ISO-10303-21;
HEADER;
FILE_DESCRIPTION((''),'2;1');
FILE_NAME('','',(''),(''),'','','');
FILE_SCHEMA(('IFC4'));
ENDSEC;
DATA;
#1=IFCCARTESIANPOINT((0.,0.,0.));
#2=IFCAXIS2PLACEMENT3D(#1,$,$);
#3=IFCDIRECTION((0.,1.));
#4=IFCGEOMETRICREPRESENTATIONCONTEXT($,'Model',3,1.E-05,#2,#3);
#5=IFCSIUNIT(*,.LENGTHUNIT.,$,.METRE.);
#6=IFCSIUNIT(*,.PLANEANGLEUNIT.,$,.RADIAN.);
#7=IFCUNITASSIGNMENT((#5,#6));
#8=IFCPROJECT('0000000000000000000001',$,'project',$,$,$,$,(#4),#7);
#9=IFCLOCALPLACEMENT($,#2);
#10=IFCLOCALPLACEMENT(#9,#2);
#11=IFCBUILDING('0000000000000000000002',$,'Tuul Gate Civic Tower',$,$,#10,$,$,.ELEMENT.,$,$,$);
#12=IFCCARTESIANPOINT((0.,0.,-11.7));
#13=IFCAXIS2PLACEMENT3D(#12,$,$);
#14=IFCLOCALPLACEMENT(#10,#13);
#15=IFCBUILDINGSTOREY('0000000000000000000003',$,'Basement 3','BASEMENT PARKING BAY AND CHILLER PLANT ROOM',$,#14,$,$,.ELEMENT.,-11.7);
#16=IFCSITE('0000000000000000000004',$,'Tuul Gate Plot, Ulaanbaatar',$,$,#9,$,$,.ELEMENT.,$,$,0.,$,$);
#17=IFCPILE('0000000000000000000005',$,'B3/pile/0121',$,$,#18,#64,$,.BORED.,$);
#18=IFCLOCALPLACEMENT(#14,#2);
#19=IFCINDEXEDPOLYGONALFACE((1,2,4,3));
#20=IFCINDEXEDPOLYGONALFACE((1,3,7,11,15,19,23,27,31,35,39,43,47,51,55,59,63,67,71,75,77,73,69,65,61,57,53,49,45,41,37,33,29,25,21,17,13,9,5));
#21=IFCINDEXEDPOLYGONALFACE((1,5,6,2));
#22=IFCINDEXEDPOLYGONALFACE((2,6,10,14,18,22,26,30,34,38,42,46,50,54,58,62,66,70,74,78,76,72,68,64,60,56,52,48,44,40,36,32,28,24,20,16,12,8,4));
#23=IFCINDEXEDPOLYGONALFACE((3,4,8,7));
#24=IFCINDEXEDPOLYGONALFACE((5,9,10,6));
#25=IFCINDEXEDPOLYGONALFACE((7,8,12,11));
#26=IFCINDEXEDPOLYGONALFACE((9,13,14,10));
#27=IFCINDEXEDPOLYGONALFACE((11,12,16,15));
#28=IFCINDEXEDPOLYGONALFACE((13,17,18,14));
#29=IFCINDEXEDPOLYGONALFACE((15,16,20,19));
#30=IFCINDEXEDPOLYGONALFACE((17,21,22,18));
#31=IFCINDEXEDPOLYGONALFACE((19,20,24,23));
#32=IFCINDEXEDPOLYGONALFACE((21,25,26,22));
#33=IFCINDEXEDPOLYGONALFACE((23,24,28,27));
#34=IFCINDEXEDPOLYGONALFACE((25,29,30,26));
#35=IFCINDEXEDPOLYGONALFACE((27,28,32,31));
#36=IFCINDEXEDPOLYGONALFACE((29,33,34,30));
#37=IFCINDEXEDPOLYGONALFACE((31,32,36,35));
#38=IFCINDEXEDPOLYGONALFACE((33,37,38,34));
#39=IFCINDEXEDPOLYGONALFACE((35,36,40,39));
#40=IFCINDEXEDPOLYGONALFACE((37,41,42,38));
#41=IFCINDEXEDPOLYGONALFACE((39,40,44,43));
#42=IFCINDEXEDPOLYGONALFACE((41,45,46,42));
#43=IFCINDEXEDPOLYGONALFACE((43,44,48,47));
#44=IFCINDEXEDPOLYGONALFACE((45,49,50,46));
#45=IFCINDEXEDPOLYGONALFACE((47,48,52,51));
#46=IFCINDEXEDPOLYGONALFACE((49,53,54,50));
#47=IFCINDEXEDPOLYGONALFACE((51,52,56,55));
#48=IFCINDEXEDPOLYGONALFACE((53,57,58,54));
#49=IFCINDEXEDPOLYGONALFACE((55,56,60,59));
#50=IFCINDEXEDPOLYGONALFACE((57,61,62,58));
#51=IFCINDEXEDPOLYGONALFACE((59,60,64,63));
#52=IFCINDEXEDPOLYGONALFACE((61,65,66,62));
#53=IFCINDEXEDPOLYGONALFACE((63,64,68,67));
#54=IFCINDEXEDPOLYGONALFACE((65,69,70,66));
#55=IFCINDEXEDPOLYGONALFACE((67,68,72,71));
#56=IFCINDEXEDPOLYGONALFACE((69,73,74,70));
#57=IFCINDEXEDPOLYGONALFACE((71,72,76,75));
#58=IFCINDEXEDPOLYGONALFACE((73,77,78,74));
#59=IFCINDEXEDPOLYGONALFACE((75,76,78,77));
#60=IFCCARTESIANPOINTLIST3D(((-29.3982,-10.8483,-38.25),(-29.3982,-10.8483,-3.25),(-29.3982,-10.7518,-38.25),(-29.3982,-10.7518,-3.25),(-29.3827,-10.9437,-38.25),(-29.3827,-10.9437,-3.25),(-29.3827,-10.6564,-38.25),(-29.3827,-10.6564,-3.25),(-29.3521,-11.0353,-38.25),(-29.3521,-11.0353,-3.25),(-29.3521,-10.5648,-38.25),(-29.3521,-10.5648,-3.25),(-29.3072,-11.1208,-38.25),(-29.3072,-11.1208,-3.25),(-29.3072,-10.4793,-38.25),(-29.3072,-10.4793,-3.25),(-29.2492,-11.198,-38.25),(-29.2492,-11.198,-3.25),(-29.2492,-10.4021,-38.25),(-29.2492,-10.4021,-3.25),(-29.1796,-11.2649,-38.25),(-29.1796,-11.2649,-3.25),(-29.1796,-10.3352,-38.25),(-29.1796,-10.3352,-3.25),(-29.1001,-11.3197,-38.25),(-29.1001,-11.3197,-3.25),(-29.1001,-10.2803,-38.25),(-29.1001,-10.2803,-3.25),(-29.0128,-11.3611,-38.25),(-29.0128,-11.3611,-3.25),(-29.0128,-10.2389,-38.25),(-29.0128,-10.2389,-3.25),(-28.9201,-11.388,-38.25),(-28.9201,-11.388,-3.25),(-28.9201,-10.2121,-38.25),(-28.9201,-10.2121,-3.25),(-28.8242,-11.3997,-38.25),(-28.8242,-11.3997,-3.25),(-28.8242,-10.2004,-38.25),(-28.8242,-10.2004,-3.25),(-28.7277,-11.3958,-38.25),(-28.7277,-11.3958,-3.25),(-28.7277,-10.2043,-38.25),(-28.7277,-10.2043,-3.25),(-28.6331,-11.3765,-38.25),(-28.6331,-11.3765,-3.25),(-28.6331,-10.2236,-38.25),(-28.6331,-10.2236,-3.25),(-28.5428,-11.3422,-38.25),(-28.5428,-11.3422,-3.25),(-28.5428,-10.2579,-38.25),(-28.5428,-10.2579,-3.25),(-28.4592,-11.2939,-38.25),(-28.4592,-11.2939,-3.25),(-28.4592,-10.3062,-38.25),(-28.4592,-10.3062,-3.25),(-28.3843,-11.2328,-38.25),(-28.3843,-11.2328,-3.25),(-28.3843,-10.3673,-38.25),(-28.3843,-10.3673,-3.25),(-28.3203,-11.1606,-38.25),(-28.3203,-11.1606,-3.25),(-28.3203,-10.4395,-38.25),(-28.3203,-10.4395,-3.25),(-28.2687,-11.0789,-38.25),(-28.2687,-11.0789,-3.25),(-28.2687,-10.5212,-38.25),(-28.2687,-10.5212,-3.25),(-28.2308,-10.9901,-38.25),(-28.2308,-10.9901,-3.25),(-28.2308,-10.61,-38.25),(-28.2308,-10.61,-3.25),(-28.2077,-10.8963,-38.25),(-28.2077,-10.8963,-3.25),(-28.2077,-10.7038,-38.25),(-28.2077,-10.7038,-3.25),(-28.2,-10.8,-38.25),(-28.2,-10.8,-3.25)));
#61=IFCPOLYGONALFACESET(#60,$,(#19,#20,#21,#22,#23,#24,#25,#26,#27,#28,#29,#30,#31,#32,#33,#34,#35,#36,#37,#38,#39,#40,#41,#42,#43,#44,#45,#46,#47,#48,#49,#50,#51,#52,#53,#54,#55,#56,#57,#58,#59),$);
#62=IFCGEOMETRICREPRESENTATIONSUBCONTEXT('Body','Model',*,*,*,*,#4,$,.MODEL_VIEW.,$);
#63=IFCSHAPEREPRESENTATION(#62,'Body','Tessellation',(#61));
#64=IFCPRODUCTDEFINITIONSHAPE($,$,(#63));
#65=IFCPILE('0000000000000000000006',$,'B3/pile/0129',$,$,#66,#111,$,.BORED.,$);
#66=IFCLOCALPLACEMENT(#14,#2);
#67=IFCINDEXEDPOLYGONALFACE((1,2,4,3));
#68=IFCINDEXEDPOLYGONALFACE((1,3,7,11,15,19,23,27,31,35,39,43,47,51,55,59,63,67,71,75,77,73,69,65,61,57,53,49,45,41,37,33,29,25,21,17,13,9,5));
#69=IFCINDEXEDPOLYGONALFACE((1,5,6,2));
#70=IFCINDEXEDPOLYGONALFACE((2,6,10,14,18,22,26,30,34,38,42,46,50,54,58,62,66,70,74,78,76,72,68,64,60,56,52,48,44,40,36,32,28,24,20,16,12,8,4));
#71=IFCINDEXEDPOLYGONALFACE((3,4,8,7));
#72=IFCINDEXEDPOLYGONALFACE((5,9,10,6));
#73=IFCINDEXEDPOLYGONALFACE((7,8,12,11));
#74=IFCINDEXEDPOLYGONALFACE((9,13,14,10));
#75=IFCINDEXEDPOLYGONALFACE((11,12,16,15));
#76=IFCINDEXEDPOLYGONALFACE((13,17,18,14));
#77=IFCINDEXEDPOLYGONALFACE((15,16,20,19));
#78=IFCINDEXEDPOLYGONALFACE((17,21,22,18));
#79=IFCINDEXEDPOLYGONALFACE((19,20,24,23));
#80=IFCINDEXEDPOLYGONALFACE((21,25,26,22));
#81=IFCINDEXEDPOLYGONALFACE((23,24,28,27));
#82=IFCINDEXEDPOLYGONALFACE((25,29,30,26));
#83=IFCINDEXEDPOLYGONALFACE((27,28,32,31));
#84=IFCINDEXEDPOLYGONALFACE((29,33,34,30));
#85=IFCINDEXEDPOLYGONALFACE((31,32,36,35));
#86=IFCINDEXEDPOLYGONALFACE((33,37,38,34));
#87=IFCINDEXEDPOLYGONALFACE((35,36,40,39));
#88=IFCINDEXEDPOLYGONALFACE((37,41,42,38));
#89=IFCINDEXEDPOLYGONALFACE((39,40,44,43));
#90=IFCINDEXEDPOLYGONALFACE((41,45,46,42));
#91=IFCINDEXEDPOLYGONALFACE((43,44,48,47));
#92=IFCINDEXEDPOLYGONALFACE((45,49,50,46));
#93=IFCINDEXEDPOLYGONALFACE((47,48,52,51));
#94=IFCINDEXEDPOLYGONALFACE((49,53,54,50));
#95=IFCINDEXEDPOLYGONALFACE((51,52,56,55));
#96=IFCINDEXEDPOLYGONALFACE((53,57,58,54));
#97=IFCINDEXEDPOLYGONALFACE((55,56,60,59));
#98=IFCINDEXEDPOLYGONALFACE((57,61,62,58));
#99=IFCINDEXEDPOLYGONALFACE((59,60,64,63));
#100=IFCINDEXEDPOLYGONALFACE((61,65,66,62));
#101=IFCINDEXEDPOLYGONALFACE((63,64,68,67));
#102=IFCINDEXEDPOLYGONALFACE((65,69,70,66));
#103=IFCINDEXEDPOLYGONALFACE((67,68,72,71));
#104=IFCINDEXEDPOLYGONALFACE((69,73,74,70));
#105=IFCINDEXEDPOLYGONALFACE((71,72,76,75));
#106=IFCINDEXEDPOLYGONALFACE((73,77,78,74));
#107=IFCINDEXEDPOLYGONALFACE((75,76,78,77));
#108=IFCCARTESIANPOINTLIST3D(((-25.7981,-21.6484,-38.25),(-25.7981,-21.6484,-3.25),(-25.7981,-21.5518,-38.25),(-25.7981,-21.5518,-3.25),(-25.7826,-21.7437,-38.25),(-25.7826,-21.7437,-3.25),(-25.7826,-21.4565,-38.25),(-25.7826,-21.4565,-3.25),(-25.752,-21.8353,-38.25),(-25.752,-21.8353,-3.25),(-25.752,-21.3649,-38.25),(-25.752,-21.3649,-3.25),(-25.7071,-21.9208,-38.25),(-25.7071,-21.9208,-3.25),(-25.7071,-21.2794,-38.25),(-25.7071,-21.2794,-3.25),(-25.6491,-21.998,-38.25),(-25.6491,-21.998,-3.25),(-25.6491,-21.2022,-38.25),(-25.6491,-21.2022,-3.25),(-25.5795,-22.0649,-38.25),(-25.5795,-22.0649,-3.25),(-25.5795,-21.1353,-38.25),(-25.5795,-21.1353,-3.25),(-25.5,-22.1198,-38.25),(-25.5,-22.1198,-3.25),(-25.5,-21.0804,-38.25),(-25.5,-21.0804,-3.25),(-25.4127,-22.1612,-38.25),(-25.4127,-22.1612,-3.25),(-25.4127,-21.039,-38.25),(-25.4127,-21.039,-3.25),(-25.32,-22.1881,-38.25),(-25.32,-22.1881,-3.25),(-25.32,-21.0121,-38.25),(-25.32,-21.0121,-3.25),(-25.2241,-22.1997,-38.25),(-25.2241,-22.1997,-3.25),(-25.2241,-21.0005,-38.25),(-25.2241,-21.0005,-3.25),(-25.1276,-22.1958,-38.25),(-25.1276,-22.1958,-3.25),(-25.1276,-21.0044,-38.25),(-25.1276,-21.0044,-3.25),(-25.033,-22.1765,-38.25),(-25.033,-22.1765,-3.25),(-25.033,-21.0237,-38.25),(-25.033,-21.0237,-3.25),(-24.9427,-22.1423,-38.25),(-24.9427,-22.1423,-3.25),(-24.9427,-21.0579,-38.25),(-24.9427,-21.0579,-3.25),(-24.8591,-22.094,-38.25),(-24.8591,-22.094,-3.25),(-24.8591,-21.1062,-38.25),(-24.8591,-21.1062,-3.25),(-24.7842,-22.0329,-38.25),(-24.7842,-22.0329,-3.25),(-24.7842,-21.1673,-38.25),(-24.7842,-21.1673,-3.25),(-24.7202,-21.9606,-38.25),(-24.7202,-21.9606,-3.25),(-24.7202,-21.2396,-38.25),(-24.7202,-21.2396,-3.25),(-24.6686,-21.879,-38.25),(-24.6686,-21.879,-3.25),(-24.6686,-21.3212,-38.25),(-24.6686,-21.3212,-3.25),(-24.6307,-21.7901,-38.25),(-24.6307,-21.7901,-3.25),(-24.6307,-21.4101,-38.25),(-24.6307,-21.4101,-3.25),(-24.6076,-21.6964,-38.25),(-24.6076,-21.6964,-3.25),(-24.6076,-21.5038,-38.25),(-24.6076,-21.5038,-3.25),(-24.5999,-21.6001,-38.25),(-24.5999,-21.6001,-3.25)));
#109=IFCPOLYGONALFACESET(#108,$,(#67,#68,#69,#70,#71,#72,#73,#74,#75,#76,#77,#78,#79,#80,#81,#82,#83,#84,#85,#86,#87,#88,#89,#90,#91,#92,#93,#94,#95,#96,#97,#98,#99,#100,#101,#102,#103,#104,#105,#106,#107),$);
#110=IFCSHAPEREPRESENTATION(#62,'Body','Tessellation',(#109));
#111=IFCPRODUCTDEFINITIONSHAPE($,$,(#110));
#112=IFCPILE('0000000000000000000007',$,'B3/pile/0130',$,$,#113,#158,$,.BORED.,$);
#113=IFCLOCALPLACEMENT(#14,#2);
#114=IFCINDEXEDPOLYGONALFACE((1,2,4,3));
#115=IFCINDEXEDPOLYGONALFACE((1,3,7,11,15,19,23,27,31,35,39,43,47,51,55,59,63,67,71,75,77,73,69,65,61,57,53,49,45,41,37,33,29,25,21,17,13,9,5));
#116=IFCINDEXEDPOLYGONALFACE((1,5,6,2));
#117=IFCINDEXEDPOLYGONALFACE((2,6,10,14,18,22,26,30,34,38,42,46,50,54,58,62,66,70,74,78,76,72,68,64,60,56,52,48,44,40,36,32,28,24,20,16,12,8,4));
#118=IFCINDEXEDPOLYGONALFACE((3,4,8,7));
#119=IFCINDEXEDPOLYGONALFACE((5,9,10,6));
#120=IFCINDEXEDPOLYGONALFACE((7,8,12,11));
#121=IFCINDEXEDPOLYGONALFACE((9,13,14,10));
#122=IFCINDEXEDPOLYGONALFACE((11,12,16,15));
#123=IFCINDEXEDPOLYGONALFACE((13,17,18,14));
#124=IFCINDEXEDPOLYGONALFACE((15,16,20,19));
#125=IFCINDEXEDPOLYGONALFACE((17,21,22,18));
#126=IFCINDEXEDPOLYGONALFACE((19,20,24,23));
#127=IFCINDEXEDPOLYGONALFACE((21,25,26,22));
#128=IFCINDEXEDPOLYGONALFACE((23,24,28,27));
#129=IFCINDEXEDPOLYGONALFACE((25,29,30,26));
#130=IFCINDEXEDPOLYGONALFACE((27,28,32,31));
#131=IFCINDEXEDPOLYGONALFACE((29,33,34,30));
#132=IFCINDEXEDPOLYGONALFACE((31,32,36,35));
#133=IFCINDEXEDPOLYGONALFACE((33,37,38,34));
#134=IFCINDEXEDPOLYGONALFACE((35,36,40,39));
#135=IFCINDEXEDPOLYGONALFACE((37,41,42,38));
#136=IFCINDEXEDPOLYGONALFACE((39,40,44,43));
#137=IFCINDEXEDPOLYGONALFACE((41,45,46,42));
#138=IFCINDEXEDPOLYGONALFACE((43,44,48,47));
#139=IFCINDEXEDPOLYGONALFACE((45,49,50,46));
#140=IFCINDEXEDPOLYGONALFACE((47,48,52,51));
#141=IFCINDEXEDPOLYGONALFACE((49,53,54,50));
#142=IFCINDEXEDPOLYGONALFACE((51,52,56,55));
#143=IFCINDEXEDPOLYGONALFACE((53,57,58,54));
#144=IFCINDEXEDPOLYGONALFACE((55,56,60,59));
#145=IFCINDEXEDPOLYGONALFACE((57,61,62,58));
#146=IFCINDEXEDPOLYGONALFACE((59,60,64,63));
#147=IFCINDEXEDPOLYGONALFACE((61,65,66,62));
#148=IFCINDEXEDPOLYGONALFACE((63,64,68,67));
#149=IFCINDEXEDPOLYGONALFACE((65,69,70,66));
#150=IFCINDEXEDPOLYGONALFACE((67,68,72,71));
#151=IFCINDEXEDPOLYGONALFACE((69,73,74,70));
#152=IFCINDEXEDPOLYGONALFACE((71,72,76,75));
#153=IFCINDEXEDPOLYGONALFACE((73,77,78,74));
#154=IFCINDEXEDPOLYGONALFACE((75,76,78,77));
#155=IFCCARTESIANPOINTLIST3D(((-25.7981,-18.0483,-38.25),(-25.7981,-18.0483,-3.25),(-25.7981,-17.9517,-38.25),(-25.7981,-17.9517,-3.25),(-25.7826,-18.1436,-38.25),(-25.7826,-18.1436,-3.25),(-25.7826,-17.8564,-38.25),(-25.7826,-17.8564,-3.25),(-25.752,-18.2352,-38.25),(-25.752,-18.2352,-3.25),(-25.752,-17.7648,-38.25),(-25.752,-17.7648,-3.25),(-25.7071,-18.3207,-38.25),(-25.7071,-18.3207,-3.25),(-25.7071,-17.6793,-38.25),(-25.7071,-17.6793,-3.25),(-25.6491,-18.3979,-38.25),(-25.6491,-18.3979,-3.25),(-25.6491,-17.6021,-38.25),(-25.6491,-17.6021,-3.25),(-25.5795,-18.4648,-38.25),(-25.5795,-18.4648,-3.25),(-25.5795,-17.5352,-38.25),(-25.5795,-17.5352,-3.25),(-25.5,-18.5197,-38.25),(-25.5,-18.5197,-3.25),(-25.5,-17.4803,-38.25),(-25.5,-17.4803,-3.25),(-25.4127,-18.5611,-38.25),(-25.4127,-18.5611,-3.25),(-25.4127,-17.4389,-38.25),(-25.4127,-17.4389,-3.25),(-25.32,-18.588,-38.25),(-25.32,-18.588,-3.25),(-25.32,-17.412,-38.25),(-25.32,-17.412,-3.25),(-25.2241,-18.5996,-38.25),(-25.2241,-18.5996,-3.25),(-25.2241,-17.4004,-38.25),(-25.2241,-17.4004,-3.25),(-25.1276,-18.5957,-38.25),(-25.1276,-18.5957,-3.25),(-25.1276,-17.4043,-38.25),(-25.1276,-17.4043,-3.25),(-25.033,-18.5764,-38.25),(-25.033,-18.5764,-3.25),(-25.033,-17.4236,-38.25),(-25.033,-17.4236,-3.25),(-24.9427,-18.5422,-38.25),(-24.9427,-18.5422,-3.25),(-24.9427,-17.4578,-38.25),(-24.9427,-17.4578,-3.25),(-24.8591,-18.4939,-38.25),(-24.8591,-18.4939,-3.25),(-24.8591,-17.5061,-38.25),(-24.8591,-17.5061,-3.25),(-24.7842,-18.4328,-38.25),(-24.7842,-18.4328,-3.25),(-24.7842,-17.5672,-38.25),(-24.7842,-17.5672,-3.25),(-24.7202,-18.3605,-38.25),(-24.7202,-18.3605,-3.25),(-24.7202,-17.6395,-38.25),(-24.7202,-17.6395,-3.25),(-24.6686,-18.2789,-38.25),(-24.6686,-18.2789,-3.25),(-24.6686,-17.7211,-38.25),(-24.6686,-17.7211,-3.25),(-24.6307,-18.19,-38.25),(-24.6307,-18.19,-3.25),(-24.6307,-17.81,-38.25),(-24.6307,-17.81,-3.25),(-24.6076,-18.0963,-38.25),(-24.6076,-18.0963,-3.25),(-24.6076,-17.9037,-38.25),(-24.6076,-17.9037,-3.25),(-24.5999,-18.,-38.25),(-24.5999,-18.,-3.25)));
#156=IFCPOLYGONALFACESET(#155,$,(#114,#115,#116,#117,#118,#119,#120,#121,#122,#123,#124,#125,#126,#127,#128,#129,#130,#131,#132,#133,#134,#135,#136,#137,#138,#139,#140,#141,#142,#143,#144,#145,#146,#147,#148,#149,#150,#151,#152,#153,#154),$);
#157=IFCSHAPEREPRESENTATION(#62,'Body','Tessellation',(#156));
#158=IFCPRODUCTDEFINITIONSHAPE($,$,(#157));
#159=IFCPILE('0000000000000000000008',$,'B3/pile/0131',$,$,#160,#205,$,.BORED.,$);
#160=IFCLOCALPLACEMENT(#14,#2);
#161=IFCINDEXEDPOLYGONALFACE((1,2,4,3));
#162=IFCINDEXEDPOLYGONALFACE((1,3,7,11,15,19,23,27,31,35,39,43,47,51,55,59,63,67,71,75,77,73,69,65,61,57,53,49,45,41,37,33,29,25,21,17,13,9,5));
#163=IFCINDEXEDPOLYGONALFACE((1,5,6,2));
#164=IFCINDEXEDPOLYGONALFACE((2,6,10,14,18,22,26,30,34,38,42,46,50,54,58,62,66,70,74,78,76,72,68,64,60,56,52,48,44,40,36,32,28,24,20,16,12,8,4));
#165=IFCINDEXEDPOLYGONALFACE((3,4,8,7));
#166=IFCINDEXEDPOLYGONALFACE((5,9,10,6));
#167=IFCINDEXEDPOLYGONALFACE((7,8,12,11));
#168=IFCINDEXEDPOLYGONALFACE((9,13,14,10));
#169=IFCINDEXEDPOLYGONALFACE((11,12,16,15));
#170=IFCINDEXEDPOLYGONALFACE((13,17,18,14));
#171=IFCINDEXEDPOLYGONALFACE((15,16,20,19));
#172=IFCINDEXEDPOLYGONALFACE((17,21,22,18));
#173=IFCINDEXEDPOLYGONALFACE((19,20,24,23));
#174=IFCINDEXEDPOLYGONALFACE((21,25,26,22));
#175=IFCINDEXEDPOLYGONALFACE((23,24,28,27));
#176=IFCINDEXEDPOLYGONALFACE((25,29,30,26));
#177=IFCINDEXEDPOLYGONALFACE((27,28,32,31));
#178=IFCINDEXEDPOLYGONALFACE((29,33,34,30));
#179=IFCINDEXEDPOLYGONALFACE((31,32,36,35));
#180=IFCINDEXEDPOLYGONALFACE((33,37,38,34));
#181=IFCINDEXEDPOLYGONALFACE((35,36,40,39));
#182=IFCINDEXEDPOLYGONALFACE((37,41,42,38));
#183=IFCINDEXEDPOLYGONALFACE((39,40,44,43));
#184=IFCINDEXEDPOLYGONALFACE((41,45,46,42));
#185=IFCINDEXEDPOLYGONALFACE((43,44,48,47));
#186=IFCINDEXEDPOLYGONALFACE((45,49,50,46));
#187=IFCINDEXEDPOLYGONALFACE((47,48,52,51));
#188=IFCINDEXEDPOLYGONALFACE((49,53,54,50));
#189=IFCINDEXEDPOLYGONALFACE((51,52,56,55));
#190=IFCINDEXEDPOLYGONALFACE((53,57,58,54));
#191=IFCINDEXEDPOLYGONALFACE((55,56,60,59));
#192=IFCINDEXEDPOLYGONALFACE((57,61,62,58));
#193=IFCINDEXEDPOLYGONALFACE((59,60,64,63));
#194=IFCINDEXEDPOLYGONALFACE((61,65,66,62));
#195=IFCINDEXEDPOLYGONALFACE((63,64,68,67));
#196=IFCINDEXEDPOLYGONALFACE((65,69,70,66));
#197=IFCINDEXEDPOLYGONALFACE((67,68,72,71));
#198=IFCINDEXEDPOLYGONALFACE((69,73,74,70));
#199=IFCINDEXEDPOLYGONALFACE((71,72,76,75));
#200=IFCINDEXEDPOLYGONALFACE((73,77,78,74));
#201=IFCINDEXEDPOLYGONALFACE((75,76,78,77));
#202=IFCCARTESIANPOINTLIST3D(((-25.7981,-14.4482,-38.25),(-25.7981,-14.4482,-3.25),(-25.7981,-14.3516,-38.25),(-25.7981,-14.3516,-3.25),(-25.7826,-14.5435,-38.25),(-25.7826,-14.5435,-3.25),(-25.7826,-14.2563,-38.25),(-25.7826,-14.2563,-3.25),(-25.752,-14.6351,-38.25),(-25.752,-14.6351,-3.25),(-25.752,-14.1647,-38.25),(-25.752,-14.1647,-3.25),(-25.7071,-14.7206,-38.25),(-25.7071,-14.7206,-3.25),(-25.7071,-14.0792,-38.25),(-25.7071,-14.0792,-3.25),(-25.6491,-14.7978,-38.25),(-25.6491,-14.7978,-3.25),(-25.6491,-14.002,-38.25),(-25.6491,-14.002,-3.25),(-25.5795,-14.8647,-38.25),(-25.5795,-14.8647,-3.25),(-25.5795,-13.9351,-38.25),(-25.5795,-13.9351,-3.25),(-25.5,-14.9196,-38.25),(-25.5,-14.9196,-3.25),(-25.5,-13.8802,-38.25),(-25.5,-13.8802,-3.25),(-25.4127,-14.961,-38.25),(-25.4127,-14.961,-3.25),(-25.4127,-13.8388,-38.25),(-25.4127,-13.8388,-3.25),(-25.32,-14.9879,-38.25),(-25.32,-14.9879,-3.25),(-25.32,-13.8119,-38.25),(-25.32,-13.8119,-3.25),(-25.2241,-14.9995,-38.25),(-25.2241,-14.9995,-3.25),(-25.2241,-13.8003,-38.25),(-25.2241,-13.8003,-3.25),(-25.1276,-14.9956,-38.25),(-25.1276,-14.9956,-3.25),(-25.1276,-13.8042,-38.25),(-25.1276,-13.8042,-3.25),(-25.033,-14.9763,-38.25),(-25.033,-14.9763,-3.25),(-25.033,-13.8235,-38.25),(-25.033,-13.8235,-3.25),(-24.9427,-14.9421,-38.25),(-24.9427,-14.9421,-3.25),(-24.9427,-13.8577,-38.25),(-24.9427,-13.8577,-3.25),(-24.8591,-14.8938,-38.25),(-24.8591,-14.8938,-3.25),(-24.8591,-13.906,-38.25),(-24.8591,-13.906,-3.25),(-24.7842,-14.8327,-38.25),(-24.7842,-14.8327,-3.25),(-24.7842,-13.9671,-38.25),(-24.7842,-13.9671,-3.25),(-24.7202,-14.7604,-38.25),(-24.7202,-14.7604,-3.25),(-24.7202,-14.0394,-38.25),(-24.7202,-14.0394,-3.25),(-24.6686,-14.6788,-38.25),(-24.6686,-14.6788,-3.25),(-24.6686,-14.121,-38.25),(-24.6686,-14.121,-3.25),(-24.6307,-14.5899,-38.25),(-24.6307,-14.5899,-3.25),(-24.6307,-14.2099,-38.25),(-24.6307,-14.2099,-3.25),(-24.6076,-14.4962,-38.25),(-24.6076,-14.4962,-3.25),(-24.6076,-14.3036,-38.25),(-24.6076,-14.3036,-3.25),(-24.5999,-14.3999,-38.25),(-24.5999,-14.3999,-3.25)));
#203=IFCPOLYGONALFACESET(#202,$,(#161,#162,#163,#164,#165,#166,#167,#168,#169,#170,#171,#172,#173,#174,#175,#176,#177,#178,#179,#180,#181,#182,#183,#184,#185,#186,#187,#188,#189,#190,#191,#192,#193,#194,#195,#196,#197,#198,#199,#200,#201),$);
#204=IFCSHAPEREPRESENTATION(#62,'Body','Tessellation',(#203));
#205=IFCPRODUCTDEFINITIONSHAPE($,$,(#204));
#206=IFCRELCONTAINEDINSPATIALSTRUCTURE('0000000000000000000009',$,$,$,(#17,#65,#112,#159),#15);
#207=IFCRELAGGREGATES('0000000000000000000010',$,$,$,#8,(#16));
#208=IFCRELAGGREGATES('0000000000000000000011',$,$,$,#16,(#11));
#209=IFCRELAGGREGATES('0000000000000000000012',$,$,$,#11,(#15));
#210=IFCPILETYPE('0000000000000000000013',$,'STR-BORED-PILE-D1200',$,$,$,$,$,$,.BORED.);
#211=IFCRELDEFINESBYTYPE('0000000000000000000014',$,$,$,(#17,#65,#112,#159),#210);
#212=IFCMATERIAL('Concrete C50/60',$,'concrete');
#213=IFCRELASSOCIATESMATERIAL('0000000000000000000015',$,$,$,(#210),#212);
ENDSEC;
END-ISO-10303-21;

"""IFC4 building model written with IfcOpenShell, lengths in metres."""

from ifc_helpers import new_model, si_unit, direction, frame, origin, origin_2d, place, context, subcontext, project, spatial, circle, extrude, material, material_profile, profile_set, type_object, element, save


model = new_model("IFC4")

# Units and contexts
model_context = context("Model", 3, precision=1e-05, world=origin(), true_north=direction((0.0, 1.0)))
body_context = subcontext(model_context, "Body", "Model", "MODEL_VIEW")
ifc_project = project(units=[si_unit("LENGTHUNIT", "METRE"), si_unit("PLANEANGLEUNIT", "RADIAN")], contexts=[model_context])

# Site, building, storey
site_placement = place(None, origin())
site = spatial("IfcSite", under=ifc_project, at=site_placement, Name="Tuul Gate Plot, Ulaanbaatar", CompositionType="ELEMENT", RefElevation=0.0)
building_placement = place(site_placement, origin())
building = spatial("IfcBuilding", under=site, at=building_placement, Name="Tuul Gate Civic Tower", CompositionType="ELEMENT")
storey_placement = place(building_placement, frame((0.0, 0.0, -11.7)))
storey = spatial("IfcBuildingStorey", under=building, at=storey_placement, Name="Basement 3", Description="BASEMENT PARKING BAY AND CHILLER PLANT ROOM", CompositionType="ELEMENT", Elevation=-11.7)

# Piles
ifc_material_1 = material(Name="Concrete C50/60", Category="concrete")
ifc_material_profile_1 = material_profile(ifc_material_1, circle(Radius=0.6001, at=origin_2d()), Name="PILE1200")
ifc_profile_set_1 = profile_set([ifc_material_profile_1], Name="Concrete C50/60")
pile_type = type_object("IfcPileType", Name="STR-BORED-PILE-D1200", PredefinedType="BORED", material=ifc_profile_set_1)
for number, where, z_axis, x_axis, name in (
    (1, (-28.8, -10.8, -3.25), (0.0, 0.0, -1.0), (1.0, 0.0, 0.0), "B3/pile/0121"),
    (2, (-25.2, -21.6001, -3.25), (0.0, 0.0, -1.0), (1.0, 0.0, 0.0), "B3/pile/0129"),
    (3, (-25.2, -18.0, -3.25), (0.0, 0.0, -1.0), (1.0, 0.0, 0.0), "B3/pile/0130"),
    (4, (-25.2, -14.3999, -3.25), (0.0, 0.0, -1.0), (1.0, 0.0, 0.0), "B3/pile/0131"),
):
    element("IfcPile", number, at=place(storey_placement, frame(where, z_axis=z_axis, x_axis=x_axis)), inside=storey, type_object=pile_type, Name=name, PredefinedType="BORED", context=body_context, shape_type="SweptSolid", body=[
        extrude(circle(Radius=0.6001, at=origin_2d()), origin(), (0.0, 0.0, 1.0), 35.0),
    ])

save(model, "model.ifc")
